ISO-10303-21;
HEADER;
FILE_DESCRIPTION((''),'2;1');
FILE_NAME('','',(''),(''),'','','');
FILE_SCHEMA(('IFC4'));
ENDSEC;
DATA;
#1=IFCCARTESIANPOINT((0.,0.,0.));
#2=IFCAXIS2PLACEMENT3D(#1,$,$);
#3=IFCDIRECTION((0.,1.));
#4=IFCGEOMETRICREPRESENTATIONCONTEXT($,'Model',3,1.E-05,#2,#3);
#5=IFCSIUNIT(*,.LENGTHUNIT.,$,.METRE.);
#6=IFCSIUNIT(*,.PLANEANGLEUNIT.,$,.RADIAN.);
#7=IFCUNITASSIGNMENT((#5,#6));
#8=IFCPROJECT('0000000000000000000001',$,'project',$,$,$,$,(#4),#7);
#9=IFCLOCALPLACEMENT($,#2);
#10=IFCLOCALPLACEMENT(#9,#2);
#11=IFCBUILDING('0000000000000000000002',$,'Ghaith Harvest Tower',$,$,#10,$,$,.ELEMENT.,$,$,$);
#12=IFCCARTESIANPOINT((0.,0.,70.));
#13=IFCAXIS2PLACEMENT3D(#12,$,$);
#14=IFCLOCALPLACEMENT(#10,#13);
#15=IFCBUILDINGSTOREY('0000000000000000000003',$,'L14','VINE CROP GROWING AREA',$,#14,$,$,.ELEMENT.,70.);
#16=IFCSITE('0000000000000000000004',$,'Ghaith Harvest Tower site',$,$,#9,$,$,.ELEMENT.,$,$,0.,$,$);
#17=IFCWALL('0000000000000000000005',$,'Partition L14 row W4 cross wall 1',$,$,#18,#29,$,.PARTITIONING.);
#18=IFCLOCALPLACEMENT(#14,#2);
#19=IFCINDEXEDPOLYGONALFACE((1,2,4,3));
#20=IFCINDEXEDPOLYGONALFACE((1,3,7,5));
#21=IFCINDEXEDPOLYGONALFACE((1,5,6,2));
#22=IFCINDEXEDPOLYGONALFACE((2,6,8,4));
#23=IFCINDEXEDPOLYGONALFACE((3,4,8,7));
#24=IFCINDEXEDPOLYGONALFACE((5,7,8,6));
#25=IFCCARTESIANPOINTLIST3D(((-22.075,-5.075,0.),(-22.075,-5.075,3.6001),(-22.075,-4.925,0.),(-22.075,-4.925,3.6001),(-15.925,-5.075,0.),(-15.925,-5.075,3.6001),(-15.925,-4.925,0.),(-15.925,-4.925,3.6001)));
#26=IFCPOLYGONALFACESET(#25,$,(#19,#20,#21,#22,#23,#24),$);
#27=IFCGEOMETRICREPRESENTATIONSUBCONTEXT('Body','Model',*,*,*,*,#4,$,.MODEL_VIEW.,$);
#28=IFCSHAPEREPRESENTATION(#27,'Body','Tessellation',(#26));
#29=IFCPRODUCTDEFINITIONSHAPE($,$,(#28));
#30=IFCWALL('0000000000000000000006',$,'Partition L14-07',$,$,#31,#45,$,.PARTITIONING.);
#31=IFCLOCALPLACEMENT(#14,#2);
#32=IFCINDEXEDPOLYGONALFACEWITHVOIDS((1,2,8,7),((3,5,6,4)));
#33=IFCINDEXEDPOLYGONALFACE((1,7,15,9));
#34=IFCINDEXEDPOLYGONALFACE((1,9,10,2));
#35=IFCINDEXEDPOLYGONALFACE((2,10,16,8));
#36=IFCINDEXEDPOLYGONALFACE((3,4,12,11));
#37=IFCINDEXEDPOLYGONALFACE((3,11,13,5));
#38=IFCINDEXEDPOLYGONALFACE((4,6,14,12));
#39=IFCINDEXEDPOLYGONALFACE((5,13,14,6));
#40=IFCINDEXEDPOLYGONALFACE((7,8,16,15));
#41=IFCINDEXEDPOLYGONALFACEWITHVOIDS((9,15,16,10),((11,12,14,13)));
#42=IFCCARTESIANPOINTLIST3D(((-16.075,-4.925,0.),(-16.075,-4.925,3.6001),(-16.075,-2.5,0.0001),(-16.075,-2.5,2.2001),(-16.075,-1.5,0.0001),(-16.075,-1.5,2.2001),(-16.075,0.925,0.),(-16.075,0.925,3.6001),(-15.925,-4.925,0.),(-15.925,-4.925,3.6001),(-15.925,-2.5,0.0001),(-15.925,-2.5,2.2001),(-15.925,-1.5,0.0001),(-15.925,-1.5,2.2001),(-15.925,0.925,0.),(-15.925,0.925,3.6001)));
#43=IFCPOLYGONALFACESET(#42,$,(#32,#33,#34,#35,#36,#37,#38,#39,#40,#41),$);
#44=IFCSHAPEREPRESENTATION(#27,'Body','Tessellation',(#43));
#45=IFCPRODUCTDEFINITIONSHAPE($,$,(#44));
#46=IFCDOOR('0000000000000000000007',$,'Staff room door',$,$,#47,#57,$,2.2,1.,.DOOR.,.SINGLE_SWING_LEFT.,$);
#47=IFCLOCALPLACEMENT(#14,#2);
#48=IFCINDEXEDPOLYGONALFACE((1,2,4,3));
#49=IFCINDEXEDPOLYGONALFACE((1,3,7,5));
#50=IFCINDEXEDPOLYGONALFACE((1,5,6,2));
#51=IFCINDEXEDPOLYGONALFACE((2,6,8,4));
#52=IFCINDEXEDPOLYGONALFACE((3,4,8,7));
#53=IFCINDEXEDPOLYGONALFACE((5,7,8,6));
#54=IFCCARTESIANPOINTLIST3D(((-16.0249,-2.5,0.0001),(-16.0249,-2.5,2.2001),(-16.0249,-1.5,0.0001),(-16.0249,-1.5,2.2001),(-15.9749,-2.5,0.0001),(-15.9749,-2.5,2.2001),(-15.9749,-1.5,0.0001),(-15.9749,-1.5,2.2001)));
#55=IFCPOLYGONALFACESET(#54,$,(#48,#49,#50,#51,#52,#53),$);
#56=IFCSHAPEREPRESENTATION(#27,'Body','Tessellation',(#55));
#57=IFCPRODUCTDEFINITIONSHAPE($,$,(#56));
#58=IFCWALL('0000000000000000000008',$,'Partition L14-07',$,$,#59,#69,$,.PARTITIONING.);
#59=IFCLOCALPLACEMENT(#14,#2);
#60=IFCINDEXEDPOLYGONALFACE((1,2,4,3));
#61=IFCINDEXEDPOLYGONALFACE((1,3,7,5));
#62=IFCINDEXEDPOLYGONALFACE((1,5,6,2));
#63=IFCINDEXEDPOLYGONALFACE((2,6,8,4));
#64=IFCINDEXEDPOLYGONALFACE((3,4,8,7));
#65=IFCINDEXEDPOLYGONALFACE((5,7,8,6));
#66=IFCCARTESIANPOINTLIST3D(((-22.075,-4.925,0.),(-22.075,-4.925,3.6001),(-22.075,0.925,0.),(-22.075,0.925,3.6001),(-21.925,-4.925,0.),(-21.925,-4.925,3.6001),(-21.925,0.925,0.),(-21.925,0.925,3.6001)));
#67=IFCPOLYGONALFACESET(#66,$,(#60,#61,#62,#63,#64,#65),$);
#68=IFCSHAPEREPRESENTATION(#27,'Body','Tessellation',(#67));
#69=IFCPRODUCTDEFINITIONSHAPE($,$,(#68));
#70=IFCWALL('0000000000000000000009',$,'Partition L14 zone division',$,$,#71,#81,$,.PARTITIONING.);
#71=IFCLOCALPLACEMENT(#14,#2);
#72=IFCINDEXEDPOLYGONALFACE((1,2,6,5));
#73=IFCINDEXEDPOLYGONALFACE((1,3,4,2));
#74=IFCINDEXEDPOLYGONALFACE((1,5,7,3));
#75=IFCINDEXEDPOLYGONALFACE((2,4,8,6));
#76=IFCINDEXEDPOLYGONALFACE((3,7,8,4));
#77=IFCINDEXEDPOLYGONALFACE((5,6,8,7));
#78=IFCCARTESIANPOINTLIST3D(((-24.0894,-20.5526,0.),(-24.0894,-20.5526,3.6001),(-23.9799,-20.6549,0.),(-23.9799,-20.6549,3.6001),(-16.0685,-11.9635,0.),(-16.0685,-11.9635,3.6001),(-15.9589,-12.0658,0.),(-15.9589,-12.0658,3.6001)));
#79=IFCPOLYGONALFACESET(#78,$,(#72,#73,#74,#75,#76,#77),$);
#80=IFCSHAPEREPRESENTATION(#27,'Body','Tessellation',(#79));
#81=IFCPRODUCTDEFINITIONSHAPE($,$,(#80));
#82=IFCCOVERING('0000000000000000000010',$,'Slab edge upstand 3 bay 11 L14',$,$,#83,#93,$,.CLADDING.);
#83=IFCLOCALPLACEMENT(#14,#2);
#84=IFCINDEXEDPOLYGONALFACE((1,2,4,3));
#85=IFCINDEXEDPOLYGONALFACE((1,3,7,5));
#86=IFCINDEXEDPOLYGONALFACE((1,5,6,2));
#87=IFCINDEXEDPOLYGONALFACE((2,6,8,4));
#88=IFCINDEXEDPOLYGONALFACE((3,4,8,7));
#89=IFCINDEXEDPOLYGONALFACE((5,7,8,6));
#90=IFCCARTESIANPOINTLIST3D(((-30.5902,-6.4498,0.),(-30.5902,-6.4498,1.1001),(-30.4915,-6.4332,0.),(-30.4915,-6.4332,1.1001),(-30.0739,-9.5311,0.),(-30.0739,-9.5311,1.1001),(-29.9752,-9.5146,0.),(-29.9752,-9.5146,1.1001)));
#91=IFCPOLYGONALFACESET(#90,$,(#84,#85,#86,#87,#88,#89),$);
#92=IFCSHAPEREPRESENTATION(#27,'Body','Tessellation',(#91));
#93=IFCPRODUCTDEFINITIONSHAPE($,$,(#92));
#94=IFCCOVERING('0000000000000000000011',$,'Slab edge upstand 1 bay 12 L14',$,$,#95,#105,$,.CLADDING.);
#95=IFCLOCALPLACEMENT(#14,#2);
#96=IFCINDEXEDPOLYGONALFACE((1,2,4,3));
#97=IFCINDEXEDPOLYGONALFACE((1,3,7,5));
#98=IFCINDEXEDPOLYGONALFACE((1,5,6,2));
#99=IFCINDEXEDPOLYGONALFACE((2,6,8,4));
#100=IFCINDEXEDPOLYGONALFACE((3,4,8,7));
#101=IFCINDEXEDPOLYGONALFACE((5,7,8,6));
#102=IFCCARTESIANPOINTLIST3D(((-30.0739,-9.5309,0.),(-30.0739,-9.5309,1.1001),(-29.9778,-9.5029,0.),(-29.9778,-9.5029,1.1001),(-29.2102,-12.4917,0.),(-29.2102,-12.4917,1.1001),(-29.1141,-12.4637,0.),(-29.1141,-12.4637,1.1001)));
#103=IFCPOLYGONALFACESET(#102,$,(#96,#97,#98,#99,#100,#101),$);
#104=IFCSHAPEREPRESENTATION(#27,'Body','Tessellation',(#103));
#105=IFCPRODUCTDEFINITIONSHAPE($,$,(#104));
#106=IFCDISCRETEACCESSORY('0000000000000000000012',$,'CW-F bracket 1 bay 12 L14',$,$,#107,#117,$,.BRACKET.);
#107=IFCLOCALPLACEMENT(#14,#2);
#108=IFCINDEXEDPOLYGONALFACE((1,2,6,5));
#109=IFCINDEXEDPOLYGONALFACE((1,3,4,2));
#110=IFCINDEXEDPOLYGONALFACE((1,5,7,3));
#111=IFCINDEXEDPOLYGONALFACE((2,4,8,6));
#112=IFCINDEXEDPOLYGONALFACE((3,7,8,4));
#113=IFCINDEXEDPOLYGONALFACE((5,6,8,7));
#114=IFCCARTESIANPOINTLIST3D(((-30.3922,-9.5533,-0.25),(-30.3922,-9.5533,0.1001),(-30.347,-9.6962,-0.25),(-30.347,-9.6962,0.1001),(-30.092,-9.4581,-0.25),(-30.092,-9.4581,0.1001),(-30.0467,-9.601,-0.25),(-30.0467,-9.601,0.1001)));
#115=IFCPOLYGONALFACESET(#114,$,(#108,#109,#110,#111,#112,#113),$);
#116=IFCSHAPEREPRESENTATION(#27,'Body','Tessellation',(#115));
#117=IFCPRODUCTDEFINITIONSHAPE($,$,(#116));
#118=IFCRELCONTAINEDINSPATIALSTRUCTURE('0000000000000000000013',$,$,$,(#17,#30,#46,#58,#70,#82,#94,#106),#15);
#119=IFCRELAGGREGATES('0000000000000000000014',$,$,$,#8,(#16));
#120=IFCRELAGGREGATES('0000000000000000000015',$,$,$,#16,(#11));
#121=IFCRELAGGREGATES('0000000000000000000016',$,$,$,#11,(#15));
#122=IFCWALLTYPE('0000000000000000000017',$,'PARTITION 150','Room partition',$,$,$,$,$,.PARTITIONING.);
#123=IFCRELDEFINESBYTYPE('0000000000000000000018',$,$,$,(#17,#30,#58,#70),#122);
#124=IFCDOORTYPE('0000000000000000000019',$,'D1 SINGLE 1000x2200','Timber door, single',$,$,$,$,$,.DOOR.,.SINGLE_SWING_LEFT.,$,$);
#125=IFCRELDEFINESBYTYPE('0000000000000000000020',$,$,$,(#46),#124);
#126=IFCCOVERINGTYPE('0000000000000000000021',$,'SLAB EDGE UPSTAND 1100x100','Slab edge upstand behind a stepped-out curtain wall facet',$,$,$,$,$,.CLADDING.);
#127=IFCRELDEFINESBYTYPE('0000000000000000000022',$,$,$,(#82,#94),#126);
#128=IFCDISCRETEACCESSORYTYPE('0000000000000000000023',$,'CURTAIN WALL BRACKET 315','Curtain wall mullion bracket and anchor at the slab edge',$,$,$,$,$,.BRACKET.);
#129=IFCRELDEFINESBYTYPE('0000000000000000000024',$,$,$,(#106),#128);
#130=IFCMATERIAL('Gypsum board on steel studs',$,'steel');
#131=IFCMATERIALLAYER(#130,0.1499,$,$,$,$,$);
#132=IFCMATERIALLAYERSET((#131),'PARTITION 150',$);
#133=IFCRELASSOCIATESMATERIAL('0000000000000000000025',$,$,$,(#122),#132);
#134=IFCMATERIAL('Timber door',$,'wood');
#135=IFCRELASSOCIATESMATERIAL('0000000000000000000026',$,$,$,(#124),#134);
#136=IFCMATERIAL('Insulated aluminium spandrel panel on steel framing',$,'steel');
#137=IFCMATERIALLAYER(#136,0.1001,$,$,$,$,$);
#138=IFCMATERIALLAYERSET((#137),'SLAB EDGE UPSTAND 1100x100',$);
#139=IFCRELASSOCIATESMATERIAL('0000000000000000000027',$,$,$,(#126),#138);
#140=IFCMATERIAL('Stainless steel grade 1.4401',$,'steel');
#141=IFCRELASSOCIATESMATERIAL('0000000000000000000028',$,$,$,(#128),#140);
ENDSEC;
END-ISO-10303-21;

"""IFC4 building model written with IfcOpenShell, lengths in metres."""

from ifc_helpers import new_model, si_unit, direction, frame, frame_2d, origin, origin_2d, place, context, subcontext, project, spatial, rectangle, extrude, material, layer, layer_set, type_object, element, fill, save


model = new_model("IFC4")

# Units and contexts
model_context = context("Model", 3, precision=1e-05, world=origin(), true_north=direction((0.0, 1.0)))
body_context = subcontext(model_context, "Body", "Model", "MODEL_VIEW")
ifc_project = project(units=[si_unit("LENGTHUNIT", "METRE"), si_unit("PLANEANGLEUNIT", "RADIAN")], contexts=[model_context])

# Site, building, storey
site_placement = place(None, origin())
site = spatial("IfcSite", under=ifc_project, at=site_placement, Name="Ghaith Harvest Tower site", CompositionType="ELEMENT", RefElevation=0.0)
building_placement = place(site_placement, origin())
building = spatial("IfcBuilding", under=site, at=building_placement, Name="Ghaith Harvest Tower", CompositionType="ELEMENT")
storey_placement = place(building_placement, frame((0.0, 0.0, 70.0)))
storey = spatial("IfcBuildingStorey", under=building, at=storey_placement, Name="L14", Description="VINE CROP GROWING AREA", CompositionType="ELEMENT", Elevation=70.0)

# Wall
ifc_material_1 = material(Name="Gypsum board on steel studs", Category="steel")
ifc_layer_1 = layer(ifc_material_1, 0.1499)
ifc_layer_set_1 = layer_set([ifc_layer_1], Name="PARTITION 150")
wall_type_1 = type_object("IfcWallType", Name="PARTITION 150", Description="Room partition", PredefinedType="PARTITIONING", material=ifc_layer_set_1)
wall_1_placement = place(storey_placement, frame((-15.925, -5.0, 0.0), z_axis=(0.0, 0.0, 1.0), x_axis=(-1.0, 0.0, 0.0)))
element("IfcWall", 1, at=wall_1_placement, inside=storey, type_object=wall_type_1, Name="Partition L14 row W4 cross wall 1", PredefinedType="PARTITIONING", context=body_context, shape_type="SweptSolid", body=[
    extrude(rectangle(XDim=6.1499, YDim=0.1499, at=frame_2d((3.075, 0.0))), origin(), (0.0, 0.0, 1.0), 3.6001),
])

# Wall, opening, door
wall_2_placement = place(storey_placement, frame((-16.0, -4.925, 0.0), z_axis=(0.0, 0.0, 1.0), x_axis=(0.0, 1.0, 0.0)))
wall_2 = element("IfcWall", 2, at=wall_2_placement, inside=storey, type_object=wall_type_1, Name="Partition L14-07", PredefinedType="PARTITIONING", context=body_context, shape_type="SweptSolid", body=[
    extrude(rectangle(XDim=5.8501, YDim=0.1499, at=frame_2d((2.925, 0.0))), origin(), (0.0, 0.0, 1.0), 3.6001),
])
opening_1_placement = place(wall_2_placement, frame((2.425, 0.0, 0.0)))
opening_1 = element("IfcOpeningElement", 3, at=opening_1_placement, cuts=wall_2, PredefinedType="OPENING", context=body_context, shape_type="SweptSolid", body=[
    extrude(rectangle(XDim=1.0, YDim=2.2, at=frame_2d((0.5, 1.1001))), frame((0.0, 0.085, 0.0), z_axis=(0.0, -1.0, 0.0), x_axis=(1.0, 0.0, 0.0)), (0.0, 0.0, 1.0), 0.1699),
])
ifc_material_2 = material(Name="Timber door", Category="wood")
door_type_1 = type_object("IfcDoorType", Name="D1 SINGLE 1000x2200", Description="Timber door, single", OperationType="SINGLE_SWING_LEFT", PredefinedType="DOOR", material=ifc_material_2)
door_1_placement = place(opening_1_placement, origin())
door_1 = element("IfcDoor", 4, at=door_1_placement, inside=storey, type_object=door_type_1, Name="Staff room door", OperationType="SINGLE_SWING_LEFT", OverallHeight=2.2, OverallWidth=1.0, PredefinedType="DOOR", context=body_context, shape_type="SweptSolid", body=[
    extrude(rectangle(XDim=1.0, YDim=2.2, at=frame_2d((0.5, 1.1001))), frame((0.0, 0.0249, 0.0), z_axis=(0.0, -1.0, 0.0), x_axis=(1.0, 0.0, 0.0)), (0.0, 0.0, 1.0), 0.05),
])
fill(opening_1, door_1)

# Walls
wall_3_placement = place(storey_placement, frame((-22.0, -4.925, 0.0), z_axis=(0.0, 0.0, 1.0), x_axis=(0.0, 1.0, 0.0)))
element("IfcWall", 5, at=wall_3_placement, inside=storey, type_object=wall_type_1, Name="Partition L14-07", PredefinedType="PARTITIONING", context=body_context, shape_type="SweptSolid", body=[
    extrude(rectangle(XDim=5.8501, YDim=0.1499, at=frame_2d((2.925, 0.0))), origin(), (0.0, 0.0, 1.0), 3.6001),
])
wall_4_placement = place(storey_placement, frame((-16.0137, -12.0146, 0.0), z_axis=(0.0, 0.0, 1.0), x_axis=(-0.682523, -0.730865, 0.0)))
element("IfcWall", 6, at=wall_4_placement, inside=storey, type_object=wall_type_1, Name="Partition L14 zone division", PredefinedType="PARTITIONING", context=body_context, shape_type="SweptSolid", body=[
    extrude(rectangle(XDim=11.752, YDim=0.1499, at=frame_2d((5.876, 0.0))), origin(), (0.0, 0.0, 1.0), 3.6001),
])

# Coverings
ifc_material_3 = material(Name="Insulated aluminium spandrel panel on steel framing", Category="steel")
ifc_layer_2 = layer(ifc_material_3, 0.1001)
ifc_layer_set_2 = layer_set([ifc_layer_2], Name="SLAB EDGE UPSTAND 1100x100")
covering_type = type_object("IfcCoveringType", Name="SLAB EDGE UPSTAND 1100x100", Description="Slab edge upstand behind a stepped-out curtain wall facet", PredefinedType="CLADDING", material=ifc_layer_set_2)
covering_1_placement = place(storey_placement, frame((-30.2827, -7.9822, 0.0), z_axis=(0.0, 0.0, 1.0), x_axis=(0.165246, -0.986252, 0.0)))
element("IfcCovering", 7, at=covering_1_placement, inside=storey, type_object=covering_type, Name="Slab edge upstand 3 bay 11 L14", PredefinedType="CLADDING", context=body_context, shape_type="SweptSolid", body=[
    extrude(rectangle(XDim=3.1243, YDim=0.1001, at=origin_2d()), origin(), (0.0, 0.0, 1.0), 1.1001),
])
covering_2_placement = place(storey_placement, frame((-29.594, -10.9973, 0.0), z_axis=(0.0, 0.0, 1.0), x_axis=(0.280032, -0.959991, 0.0)))
element("IfcCovering", 8, at=covering_2_placement, inside=storey, type_object=covering_type, Name="Slab edge upstand 1 bay 12 L14", PredefinedType="CLADDING", context=body_context, shape_type="SweptSolid", body=[
    extrude(rectangle(XDim=3.0842, YDim=0.1001, at=origin_2d()), origin(), (0.0, 0.0, 1.0), 1.1001),
])

# Discrete accessory
ifc_material_4 = material(Name="Stainless steel grade 1.4401", Category="steel")
discrete_accessory_type = type_object("IfcDiscreteAccessoryType", Name="CURTAIN WALL BRACKET 315", Description="Curtain wall mullion bracket and anchor at the slab edge", PredefinedType="BRACKET", material=ifc_material_4)
discrete_accessory_placement = place(storey_placement, frame((-30.2195, -9.5771, -0.25), z_axis=(0.0, 0.0, 1.0), x_axis=(-0.953273, -0.30211, 0.0)))
element("IfcDiscreteAccessory", 9, at=discrete_accessory_placement, inside=storey, type_object=discrete_accessory_type, Name="CW-F bracket 1 bay 12 L14", PredefinedType="BRACKET", context=body_context, shape_type="SweptSolid", body=[
    extrude(rectangle(XDim=0.3149, YDim=0.1499, at=origin_2d()), origin(), (0.0, 0.0, 1.0), 0.3501),
])

save(model, "model.ifc")
